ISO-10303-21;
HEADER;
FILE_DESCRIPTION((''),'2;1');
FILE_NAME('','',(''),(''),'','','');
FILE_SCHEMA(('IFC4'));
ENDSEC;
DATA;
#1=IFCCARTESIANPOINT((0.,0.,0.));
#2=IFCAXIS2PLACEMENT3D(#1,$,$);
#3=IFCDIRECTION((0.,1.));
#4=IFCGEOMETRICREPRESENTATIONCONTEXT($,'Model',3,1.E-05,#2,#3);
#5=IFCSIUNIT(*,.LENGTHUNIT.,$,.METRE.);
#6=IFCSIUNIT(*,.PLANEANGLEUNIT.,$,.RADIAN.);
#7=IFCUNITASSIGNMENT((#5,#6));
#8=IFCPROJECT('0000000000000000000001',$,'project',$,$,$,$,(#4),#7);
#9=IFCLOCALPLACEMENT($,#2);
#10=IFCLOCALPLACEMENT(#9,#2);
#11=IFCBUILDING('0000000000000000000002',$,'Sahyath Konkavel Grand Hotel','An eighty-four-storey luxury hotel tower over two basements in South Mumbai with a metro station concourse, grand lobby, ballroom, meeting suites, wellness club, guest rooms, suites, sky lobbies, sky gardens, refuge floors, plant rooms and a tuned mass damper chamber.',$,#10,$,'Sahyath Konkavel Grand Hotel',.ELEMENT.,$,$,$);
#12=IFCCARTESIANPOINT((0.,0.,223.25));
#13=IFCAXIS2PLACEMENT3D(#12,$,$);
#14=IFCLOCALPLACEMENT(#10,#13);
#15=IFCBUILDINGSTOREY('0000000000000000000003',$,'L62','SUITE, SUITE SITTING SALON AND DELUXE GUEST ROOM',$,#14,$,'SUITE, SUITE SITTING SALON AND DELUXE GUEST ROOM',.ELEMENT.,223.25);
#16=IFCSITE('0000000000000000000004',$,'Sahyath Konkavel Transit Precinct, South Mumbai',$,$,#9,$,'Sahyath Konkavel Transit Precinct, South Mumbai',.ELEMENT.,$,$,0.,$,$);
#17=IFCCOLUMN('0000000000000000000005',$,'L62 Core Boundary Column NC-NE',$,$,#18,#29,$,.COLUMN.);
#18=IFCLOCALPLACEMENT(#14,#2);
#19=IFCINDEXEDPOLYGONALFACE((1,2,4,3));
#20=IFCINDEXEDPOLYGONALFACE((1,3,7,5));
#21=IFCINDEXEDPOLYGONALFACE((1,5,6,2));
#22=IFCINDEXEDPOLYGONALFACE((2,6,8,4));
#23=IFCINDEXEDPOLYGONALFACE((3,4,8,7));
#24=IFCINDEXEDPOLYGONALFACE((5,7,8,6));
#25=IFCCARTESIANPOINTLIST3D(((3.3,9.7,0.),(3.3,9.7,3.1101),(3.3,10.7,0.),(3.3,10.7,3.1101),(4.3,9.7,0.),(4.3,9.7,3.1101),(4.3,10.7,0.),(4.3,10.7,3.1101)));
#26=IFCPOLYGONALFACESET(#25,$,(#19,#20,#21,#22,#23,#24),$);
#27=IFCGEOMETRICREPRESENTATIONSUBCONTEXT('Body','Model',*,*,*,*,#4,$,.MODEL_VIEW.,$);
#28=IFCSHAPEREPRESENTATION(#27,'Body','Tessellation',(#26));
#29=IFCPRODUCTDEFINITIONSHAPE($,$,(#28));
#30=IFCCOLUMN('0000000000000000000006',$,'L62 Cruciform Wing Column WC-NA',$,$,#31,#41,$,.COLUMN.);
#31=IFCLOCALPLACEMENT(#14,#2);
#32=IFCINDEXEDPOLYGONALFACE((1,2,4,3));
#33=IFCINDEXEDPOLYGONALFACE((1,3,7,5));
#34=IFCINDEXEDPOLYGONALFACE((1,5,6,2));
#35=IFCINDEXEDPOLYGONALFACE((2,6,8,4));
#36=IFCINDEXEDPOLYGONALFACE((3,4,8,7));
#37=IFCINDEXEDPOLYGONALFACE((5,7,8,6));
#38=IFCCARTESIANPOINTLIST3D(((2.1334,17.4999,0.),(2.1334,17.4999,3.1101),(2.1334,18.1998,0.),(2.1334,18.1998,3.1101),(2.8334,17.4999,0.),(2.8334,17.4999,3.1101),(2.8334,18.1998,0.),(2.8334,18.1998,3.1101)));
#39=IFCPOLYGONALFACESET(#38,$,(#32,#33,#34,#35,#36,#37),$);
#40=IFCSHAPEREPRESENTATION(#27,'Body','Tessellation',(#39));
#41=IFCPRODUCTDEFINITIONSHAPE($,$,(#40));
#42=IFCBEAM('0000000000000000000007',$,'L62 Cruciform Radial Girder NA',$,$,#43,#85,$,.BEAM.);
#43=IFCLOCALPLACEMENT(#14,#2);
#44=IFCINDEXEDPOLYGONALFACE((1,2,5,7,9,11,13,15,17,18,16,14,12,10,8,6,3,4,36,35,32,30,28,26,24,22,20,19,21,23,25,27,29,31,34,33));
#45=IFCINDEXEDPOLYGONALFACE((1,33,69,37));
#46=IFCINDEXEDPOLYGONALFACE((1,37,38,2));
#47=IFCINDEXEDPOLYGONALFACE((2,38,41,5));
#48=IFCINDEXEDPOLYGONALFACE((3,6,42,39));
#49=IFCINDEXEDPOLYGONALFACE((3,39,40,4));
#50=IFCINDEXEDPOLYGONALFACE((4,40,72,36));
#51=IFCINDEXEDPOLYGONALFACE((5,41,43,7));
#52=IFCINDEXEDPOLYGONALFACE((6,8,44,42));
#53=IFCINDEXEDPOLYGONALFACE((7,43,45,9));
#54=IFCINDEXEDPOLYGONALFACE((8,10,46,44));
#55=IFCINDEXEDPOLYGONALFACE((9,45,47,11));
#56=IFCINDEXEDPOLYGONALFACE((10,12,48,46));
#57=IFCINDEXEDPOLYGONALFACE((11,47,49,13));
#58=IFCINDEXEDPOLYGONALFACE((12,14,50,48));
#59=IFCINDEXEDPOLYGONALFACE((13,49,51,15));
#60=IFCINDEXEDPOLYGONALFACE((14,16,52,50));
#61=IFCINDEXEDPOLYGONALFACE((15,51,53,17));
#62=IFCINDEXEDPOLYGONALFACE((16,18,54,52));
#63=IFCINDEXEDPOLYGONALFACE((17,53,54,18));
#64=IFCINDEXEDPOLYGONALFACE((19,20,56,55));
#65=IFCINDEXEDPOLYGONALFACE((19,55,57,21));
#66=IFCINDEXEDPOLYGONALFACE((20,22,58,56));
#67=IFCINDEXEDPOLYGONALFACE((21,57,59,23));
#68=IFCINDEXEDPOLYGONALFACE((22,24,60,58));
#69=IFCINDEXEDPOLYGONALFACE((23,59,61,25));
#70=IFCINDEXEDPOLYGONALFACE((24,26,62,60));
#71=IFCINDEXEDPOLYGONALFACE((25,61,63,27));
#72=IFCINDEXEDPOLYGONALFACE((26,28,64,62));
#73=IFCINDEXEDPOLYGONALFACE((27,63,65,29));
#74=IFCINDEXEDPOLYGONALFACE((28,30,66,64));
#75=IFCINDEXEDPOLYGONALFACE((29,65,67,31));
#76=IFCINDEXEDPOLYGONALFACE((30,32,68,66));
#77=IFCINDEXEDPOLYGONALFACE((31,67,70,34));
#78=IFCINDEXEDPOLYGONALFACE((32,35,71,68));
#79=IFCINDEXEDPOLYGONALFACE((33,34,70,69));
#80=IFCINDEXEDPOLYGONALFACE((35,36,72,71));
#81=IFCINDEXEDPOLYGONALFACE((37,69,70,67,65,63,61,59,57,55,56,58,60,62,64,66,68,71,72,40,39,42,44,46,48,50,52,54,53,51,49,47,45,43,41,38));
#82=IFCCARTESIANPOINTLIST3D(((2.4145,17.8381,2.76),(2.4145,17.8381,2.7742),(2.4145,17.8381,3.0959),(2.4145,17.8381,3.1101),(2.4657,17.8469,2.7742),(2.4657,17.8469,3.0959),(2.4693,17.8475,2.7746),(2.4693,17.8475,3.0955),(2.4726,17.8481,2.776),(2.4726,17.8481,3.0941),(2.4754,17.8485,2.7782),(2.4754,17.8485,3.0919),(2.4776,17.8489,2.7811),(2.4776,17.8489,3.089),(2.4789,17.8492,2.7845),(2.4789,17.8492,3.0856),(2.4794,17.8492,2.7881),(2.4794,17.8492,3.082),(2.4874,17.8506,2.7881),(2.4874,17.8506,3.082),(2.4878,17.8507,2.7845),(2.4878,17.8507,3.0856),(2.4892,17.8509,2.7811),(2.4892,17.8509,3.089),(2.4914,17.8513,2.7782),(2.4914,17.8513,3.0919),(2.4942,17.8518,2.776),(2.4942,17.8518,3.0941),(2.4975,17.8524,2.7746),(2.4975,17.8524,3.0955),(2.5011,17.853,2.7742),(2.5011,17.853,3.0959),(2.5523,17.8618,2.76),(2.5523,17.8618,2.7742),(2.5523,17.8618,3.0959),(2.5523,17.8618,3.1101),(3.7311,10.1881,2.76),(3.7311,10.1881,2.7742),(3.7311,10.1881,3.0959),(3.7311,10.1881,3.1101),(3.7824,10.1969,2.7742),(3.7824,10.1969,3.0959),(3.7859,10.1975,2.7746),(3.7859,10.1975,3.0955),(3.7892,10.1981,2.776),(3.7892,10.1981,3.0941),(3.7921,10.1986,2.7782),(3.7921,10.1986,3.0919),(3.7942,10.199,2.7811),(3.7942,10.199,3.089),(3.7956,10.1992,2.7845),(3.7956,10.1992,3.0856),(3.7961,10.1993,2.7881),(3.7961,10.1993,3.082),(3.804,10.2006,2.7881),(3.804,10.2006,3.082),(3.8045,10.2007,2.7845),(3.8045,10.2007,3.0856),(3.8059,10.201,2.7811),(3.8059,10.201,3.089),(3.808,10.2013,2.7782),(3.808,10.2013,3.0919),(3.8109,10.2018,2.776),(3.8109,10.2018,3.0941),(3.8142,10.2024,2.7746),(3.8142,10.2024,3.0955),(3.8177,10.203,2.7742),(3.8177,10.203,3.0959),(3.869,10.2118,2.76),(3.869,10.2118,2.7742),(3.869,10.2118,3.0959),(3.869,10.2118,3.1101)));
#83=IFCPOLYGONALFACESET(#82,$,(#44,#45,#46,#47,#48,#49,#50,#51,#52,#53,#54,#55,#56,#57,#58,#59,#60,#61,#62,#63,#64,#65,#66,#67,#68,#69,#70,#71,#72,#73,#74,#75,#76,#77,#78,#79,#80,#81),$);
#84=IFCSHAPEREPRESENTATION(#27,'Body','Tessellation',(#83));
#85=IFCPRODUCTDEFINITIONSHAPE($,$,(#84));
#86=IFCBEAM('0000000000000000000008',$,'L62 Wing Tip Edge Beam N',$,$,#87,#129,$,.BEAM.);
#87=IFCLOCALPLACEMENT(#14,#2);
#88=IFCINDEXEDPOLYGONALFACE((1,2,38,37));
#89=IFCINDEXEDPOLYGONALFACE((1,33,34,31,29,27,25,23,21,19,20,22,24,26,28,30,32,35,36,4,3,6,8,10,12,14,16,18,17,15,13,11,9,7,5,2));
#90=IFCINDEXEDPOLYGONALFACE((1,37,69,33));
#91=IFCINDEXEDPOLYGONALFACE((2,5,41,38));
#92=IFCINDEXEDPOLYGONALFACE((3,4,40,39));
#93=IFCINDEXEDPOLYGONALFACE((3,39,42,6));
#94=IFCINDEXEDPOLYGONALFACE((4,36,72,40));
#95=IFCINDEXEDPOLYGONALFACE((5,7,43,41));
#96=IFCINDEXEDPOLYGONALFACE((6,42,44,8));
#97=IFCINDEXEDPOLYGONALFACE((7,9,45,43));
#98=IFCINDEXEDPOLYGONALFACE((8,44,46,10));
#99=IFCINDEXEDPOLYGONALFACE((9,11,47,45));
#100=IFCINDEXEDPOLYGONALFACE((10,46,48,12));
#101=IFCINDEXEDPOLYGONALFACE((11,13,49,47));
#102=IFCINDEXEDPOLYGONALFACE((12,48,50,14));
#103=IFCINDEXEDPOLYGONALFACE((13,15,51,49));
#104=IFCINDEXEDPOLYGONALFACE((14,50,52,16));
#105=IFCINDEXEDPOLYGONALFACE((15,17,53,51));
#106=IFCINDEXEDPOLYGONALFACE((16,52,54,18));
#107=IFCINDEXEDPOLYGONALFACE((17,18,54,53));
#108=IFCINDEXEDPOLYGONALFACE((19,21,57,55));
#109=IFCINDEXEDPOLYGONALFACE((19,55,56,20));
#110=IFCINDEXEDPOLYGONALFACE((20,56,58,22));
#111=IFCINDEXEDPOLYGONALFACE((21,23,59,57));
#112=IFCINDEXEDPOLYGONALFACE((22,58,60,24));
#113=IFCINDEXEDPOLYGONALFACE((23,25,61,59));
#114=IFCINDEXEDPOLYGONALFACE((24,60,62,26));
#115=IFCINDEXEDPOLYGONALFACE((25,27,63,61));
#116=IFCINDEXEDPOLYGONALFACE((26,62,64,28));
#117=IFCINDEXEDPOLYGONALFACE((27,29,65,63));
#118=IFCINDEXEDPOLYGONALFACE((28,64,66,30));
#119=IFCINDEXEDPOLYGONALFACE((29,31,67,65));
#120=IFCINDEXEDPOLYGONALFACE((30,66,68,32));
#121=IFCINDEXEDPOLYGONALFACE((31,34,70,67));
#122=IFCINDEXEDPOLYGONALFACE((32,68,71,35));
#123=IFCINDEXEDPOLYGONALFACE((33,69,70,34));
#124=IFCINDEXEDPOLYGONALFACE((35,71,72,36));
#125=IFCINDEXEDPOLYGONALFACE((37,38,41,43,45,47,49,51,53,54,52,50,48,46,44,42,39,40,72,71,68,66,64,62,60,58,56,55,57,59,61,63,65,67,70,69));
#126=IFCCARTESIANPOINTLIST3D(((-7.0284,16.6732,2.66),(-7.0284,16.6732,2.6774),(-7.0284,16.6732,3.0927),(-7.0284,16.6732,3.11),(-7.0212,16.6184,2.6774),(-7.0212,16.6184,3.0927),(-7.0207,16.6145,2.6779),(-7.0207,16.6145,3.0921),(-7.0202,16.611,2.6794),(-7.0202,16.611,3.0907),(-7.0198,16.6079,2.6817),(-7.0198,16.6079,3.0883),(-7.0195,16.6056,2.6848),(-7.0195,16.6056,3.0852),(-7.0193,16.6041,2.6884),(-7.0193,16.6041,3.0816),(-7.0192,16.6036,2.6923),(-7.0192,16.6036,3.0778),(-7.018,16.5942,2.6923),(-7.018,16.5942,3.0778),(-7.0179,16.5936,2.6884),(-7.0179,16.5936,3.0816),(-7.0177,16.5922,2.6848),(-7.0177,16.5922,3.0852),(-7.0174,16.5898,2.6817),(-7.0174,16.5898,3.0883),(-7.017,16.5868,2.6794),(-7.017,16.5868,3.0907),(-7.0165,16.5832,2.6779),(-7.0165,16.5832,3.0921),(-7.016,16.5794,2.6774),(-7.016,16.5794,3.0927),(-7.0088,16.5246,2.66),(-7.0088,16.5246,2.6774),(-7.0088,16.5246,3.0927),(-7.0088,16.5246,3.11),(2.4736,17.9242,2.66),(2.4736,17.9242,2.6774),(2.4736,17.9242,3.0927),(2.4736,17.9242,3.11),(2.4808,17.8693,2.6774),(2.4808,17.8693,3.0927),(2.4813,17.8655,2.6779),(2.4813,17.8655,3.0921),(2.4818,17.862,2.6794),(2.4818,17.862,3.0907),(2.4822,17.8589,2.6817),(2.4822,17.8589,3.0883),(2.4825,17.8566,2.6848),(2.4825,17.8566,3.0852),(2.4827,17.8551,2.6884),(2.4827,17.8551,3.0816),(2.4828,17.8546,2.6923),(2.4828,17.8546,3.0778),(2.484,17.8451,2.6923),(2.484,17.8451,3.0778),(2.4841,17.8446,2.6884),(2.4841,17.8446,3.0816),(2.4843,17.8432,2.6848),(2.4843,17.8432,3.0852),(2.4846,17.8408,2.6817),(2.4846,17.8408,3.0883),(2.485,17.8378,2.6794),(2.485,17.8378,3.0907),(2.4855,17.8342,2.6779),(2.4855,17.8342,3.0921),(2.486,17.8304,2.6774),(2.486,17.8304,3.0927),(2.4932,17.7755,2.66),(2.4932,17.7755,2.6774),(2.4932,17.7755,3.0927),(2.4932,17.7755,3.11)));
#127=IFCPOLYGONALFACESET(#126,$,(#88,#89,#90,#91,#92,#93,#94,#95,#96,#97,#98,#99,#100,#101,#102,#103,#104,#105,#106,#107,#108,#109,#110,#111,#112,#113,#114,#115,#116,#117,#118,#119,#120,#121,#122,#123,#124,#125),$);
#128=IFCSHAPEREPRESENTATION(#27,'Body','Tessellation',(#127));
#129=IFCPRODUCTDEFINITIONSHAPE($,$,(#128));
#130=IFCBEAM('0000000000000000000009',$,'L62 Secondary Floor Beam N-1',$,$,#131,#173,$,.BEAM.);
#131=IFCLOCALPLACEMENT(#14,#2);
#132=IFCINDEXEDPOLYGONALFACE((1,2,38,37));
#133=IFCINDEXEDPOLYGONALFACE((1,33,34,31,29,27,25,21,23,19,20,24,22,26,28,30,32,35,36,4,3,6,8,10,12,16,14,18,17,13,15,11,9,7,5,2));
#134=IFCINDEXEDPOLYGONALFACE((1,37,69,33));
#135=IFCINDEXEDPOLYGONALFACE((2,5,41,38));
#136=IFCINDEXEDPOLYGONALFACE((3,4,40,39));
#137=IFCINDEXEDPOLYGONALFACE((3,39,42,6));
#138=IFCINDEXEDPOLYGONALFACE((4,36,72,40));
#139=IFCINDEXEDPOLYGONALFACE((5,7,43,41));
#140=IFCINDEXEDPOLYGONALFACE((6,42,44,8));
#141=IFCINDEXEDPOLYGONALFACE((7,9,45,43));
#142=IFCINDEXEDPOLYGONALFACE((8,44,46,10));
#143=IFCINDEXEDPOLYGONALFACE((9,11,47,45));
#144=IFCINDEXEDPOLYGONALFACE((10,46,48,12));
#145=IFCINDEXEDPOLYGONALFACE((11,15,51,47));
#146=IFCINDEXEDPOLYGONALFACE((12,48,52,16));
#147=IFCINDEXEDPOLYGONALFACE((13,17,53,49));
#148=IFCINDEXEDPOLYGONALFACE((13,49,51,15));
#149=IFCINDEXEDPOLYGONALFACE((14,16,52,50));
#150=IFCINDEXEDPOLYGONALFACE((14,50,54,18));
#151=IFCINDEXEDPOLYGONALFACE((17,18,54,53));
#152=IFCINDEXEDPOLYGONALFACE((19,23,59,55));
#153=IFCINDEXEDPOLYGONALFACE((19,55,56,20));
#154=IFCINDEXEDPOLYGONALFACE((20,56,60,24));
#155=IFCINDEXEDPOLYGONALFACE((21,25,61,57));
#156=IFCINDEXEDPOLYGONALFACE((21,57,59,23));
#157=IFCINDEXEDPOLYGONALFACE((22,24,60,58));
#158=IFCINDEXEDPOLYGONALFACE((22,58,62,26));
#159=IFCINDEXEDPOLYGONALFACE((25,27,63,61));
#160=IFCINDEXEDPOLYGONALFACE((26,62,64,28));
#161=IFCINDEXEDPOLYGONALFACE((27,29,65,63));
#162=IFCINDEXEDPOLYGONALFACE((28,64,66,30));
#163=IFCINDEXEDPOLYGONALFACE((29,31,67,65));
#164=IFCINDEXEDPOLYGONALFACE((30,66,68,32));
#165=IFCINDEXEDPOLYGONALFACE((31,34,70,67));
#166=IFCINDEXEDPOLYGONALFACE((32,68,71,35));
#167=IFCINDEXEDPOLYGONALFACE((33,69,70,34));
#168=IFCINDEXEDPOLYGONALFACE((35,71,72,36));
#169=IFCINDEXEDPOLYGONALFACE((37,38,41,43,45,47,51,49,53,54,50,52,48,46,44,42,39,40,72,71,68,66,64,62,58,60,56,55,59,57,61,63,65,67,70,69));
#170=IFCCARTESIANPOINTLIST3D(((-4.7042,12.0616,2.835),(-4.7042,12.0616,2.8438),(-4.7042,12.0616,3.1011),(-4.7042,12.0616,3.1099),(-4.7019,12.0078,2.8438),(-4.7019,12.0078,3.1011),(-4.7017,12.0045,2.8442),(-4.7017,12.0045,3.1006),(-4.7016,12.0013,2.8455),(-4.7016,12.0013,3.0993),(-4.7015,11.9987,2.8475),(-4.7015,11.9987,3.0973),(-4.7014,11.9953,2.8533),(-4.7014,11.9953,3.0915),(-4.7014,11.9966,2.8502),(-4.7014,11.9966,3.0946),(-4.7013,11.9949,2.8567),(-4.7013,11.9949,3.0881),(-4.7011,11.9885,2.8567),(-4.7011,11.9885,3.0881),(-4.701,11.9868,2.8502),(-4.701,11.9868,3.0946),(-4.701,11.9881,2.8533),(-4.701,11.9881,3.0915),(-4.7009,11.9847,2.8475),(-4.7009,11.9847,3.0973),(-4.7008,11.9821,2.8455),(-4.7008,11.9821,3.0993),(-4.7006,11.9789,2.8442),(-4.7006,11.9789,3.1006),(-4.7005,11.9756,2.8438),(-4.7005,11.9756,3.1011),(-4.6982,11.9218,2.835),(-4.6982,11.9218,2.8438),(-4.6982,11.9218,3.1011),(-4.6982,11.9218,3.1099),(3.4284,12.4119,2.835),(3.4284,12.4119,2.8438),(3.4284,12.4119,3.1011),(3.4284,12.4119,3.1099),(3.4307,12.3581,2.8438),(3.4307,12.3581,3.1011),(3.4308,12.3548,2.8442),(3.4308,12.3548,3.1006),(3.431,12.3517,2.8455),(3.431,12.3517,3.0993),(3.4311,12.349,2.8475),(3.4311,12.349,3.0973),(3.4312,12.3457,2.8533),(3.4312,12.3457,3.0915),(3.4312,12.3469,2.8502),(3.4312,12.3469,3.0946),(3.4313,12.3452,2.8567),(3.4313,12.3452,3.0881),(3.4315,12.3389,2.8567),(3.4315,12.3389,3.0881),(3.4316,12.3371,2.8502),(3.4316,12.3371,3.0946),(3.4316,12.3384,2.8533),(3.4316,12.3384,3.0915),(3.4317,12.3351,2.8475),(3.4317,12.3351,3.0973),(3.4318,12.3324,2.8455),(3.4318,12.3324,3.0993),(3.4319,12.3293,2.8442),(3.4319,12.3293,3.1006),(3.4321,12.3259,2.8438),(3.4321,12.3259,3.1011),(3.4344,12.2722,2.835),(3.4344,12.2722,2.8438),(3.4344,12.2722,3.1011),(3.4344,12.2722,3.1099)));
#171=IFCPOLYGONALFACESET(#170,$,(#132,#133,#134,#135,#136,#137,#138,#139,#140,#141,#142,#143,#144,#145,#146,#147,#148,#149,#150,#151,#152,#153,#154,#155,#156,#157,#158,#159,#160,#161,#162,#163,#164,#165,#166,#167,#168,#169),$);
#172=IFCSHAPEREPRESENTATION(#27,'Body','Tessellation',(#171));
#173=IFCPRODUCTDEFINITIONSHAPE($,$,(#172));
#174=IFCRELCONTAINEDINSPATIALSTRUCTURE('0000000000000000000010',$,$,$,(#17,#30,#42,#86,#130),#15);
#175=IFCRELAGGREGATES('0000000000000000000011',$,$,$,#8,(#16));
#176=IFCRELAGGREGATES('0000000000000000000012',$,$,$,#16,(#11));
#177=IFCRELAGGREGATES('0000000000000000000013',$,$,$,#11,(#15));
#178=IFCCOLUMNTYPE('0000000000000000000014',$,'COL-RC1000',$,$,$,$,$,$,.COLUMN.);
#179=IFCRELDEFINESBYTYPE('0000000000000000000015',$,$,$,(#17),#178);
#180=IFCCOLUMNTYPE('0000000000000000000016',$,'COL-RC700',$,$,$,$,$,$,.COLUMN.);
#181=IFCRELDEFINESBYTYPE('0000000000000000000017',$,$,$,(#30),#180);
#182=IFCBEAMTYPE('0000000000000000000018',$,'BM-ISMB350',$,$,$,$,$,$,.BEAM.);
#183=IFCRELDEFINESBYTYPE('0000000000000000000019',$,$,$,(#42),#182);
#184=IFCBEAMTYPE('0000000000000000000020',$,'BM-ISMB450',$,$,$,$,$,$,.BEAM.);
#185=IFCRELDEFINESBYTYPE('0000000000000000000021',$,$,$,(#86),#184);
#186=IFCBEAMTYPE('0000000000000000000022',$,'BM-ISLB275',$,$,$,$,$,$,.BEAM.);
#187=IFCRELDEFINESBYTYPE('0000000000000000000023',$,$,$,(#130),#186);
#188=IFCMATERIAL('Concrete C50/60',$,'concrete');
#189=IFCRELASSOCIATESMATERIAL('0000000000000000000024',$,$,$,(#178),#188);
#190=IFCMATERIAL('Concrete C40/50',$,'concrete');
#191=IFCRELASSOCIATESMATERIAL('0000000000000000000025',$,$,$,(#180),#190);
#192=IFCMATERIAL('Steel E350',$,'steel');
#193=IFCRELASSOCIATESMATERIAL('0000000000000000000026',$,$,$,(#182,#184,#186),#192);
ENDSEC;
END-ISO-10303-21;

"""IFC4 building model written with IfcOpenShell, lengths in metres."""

from ifc_helpers import new_model, si_unit, direction, frame, origin, origin_2d, place, context, subcontext, project, spatial, rectangle, i_section, extrude, source, transform, mapped, material, material_profile, profile_set, type_object, element, save


model = new_model("IFC4")

# Units and contexts
model_context = context("Model", 3, precision=1e-05, world=origin(), true_north=direction((0.0, 1.0)))
body_context = subcontext(model_context, "Body", "Model", "MODEL_VIEW")
ifc_project = project(units=[si_unit("LENGTHUNIT", "METRE"), si_unit("PLANEANGLEUNIT", "RADIAN")], contexts=[model_context])

# Site, building, storey
site_placement = place(None, origin())
site = spatial("IfcSite", under=ifc_project, at=site_placement, Name="Sahyath Konkavel Transit Precinct, South Mumbai", LongName="Sahyath Konkavel Transit Precinct, South Mumbai", CompositionType="ELEMENT", RefElevation=0.0)
building_placement = place(site_placement, origin())
building = spatial("IfcBuilding", under=site, at=building_placement, Name="Sahyath Konkavel Grand Hotel", Description="An eighty-four-storey luxury hotel tower over two basements in South Mumbai with a metro station concourse, grand lobby, ballroom, meeting suites, wellness club, guest rooms, suites, sky lobbies, sky gardens, refuge floors, plant rooms and a tuned mass damper chamber.", LongName="Sahyath Konkavel Grand Hotel", CompositionType="ELEMENT")
storey_placement = place(building_placement, frame((0.0, 0.0, 223.25)))
storey = spatial("IfcBuildingStorey", under=building, at=storey_placement, Name="L62", Description="SUITE, SUITE SITTING SALON AND DELUXE GUEST ROOM", LongName="SUITE, SUITE SITTING SALON AND DELUXE GUEST ROOM", CompositionType="ELEMENT", Elevation=223.25)

# Columns
ifc_material_1 = material(Name="Concrete C50/60", Category="concrete")
ifc_material_profile_1 = material_profile(ifc_material_1, rectangle(XDim=1.0, YDim=1.0, at=origin_2d()), Name="RC 1000x1000")
ifc_profile_set_1 = profile_set([ifc_material_profile_1], Name="Concrete C50/60")
column_type_1 = type_object("IfcColumnType", Name="COL-RC1000", PredefinedType="COLUMN", material=ifc_profile_set_1)
shared_shape_1 = source(origin(), body_context, "Body", "SweptSolid", [
    extrude(rectangle(XDim=1.0, YDim=1.0, at=origin_2d()), origin(), (0.0, 0.0, 1.0), 3.1101),
])
column_1_placement = place(storey_placement, frame((3.8, 10.2, 0.0), z_axis=(0.0, 0.0, 1.0), x_axis=(1.0, 0.0, 0.0)))
element("IfcColumn", 1, at=column_1_placement, inside=storey, type_object=column_type_1, Name="L62 Core Boundary Column NC-NE", PredefinedType="COLUMN", context=body_context, shape_type="MappedRepresentation", body=[
    mapped(shared_shape_1, transform((0.0, 0.0, 0.0), scale=1.0)),
])
ifc_material_2 = material(Name="Concrete C40/50", Category="concrete")
ifc_material_profile_2 = material_profile(ifc_material_2, rectangle(XDim=0.7, YDim=0.7, at=origin_2d()), Name="RC 700x700")
ifc_profile_set_2 = profile_set([ifc_material_profile_2], Name="Concrete C40/50")
column_type_2 = type_object("IfcColumnType", Name="COL-RC700", PredefinedType="COLUMN", material=ifc_profile_set_2)
shared_shape_2 = source(origin(), body_context, "Body", "SweptSolid", [
    extrude(rectangle(XDim=0.7, YDim=0.7, at=origin_2d()), origin(), (0.0, 0.0, 1.0), 3.1101),
])
column_2_placement = place(storey_placement, frame((2.4834, 17.8499, 0.0), z_axis=(0.0, 0.0, 1.0), x_axis=(1.0, 0.0, 0.0)))
element("IfcColumn", 2, at=column_2_placement, inside=storey, type_object=column_type_2, Name="L62 Cruciform Wing Column WC-NA", PredefinedType="COLUMN", context=body_context, shape_type="MappedRepresentation", body=[
    mapped(shared_shape_2, transform((0.0, 0.0, 0.0), scale=1.0)),
])

# Beams
ifc_material_3 = material(Name="Steel E350", Category="steel")
ifc_material_profile_3 = material_profile(ifc_material_3, i_section(OverallWidth=0.1399, OverallDepth=0.3501, WebThickness=0.0081, FlangeThickness=0.0142, FilletRadius=0.0139, at=origin_2d()), Name="ISMB 350")
ifc_profile_set_3 = profile_set([ifc_material_profile_3], Name="Steel E350")
beam_type_1 = type_object("IfcBeamType", Name="BM-ISMB350", PredefinedType="BEAM", material=ifc_profile_set_3)
shared_shape_3 = source(origin(), body_context, "Body", "SweptSolid", [
    extrude(i_section(OverallWidth=0.1399, OverallDepth=0.3501, WebThickness=0.0081, FlangeThickness=0.0142, FilletRadius=0.0139, at=origin_2d()), origin(), (0.0, 0.0, 1.0), 7.7625),
])
beam_1_placement = place(storey_placement, frame((3.8, 10.2, 2.9351), z_axis=(-0.169619, 0.98551, 0.0), x_axis=(-0.98551, -0.169619, 0.0)))
element("IfcBeam", 3, at=beam_1_placement, inside=storey, type_object=beam_type_1, Name="L62 Cruciform Radial Girder NA", PredefinedType="BEAM", context=body_context, shape_type="MappedRepresentation", body=[
    mapped(shared_shape_3, transform((0.0, 0.0, 0.0), scale=1.0)),
])
ifc_material_profile_4 = material_profile(ifc_material_3, i_section(OverallWidth=0.1499, OverallDepth=0.45, WebThickness=0.0095, FlangeThickness=0.0173, FilletRadius=0.0149, at=origin_2d()), Name="ISMB 450")
ifc_profile_set_4 = profile_set([ifc_material_profile_4], Name="Steel E350")
beam_type_2 = type_object("IfcBeamType", Name="BM-ISMB450", PredefinedType="BEAM", material=ifc_profile_set_4)
shared_shape_4 = source(origin(), body_context, "Body", "SweptSolid", [
    extrude(i_section(OverallWidth=0.1499, OverallDepth=0.45, WebThickness=0.0095, FlangeThickness=0.0173, FilletRadius=0.0149, at=origin_2d()), origin(), (0.0, 0.0, 1.0), 9.584),
])
beam_2_placement = place(storey_placement, frame((2.4834, 17.8499, 2.885), z_axis=(-0.991445, -0.130528, 0.0), x_axis=(0.130528, -0.991445, 0.0)))
element("IfcBeam", 4, at=beam_2_placement, inside=storey, type_object=beam_type_2, Name="L62 Wing Tip Edge Beam N", PredefinedType="BEAM", context=body_context, shape_type="MappedRepresentation", body=[
    mapped(shared_shape_4, transform((0.0, 0.0, 0.0), scale=1.0)),
])
ifc_material_profile_5 = material_profile(ifc_material_3, i_section(OverallWidth=0.1399, OverallDepth=0.2749, WebThickness=0.0063, FlangeThickness=0.0088, FilletRadius=0.0129, at=origin_2d()), Name="ISLB 275")
ifc_profile_set_5 = profile_set([ifc_material_profile_5], Name="Steel E350")
beam_type_3 = type_object("IfcBeamType", Name="BM-ISLB275", PredefinedType="BEAM", material=ifc_profile_set_5)
shared_shape_5 = source(origin(), body_context, "Body", "SweptSolid", [
    extrude(i_section(OverallWidth=0.1399, OverallDepth=0.2749, WebThickness=0.0063, FlangeThickness=0.0088, FilletRadius=0.0129, at=origin_2d()), origin(), (0.0, 0.0, 1.0), 8.1401),
])
beam_3_placement = place(storey_placement, frame((3.4314, 12.342, 2.9724), z_axis=(-0.999073, -0.043039, 0.0), x_axis=(0.043039, -0.999073, 0.0)))
element("IfcBeam", 5, at=beam_3_placement, inside=storey, type_object=beam_type_3, Name="L62 Secondary Floor Beam N-1", PredefinedType="BEAM", context=body_context, shape_type="MappedRepresentation", body=[
    mapped(shared_shape_5, transform((0.0, 0.0, 0.0), scale=1.0)),
])

save(model, "model.ifc")
